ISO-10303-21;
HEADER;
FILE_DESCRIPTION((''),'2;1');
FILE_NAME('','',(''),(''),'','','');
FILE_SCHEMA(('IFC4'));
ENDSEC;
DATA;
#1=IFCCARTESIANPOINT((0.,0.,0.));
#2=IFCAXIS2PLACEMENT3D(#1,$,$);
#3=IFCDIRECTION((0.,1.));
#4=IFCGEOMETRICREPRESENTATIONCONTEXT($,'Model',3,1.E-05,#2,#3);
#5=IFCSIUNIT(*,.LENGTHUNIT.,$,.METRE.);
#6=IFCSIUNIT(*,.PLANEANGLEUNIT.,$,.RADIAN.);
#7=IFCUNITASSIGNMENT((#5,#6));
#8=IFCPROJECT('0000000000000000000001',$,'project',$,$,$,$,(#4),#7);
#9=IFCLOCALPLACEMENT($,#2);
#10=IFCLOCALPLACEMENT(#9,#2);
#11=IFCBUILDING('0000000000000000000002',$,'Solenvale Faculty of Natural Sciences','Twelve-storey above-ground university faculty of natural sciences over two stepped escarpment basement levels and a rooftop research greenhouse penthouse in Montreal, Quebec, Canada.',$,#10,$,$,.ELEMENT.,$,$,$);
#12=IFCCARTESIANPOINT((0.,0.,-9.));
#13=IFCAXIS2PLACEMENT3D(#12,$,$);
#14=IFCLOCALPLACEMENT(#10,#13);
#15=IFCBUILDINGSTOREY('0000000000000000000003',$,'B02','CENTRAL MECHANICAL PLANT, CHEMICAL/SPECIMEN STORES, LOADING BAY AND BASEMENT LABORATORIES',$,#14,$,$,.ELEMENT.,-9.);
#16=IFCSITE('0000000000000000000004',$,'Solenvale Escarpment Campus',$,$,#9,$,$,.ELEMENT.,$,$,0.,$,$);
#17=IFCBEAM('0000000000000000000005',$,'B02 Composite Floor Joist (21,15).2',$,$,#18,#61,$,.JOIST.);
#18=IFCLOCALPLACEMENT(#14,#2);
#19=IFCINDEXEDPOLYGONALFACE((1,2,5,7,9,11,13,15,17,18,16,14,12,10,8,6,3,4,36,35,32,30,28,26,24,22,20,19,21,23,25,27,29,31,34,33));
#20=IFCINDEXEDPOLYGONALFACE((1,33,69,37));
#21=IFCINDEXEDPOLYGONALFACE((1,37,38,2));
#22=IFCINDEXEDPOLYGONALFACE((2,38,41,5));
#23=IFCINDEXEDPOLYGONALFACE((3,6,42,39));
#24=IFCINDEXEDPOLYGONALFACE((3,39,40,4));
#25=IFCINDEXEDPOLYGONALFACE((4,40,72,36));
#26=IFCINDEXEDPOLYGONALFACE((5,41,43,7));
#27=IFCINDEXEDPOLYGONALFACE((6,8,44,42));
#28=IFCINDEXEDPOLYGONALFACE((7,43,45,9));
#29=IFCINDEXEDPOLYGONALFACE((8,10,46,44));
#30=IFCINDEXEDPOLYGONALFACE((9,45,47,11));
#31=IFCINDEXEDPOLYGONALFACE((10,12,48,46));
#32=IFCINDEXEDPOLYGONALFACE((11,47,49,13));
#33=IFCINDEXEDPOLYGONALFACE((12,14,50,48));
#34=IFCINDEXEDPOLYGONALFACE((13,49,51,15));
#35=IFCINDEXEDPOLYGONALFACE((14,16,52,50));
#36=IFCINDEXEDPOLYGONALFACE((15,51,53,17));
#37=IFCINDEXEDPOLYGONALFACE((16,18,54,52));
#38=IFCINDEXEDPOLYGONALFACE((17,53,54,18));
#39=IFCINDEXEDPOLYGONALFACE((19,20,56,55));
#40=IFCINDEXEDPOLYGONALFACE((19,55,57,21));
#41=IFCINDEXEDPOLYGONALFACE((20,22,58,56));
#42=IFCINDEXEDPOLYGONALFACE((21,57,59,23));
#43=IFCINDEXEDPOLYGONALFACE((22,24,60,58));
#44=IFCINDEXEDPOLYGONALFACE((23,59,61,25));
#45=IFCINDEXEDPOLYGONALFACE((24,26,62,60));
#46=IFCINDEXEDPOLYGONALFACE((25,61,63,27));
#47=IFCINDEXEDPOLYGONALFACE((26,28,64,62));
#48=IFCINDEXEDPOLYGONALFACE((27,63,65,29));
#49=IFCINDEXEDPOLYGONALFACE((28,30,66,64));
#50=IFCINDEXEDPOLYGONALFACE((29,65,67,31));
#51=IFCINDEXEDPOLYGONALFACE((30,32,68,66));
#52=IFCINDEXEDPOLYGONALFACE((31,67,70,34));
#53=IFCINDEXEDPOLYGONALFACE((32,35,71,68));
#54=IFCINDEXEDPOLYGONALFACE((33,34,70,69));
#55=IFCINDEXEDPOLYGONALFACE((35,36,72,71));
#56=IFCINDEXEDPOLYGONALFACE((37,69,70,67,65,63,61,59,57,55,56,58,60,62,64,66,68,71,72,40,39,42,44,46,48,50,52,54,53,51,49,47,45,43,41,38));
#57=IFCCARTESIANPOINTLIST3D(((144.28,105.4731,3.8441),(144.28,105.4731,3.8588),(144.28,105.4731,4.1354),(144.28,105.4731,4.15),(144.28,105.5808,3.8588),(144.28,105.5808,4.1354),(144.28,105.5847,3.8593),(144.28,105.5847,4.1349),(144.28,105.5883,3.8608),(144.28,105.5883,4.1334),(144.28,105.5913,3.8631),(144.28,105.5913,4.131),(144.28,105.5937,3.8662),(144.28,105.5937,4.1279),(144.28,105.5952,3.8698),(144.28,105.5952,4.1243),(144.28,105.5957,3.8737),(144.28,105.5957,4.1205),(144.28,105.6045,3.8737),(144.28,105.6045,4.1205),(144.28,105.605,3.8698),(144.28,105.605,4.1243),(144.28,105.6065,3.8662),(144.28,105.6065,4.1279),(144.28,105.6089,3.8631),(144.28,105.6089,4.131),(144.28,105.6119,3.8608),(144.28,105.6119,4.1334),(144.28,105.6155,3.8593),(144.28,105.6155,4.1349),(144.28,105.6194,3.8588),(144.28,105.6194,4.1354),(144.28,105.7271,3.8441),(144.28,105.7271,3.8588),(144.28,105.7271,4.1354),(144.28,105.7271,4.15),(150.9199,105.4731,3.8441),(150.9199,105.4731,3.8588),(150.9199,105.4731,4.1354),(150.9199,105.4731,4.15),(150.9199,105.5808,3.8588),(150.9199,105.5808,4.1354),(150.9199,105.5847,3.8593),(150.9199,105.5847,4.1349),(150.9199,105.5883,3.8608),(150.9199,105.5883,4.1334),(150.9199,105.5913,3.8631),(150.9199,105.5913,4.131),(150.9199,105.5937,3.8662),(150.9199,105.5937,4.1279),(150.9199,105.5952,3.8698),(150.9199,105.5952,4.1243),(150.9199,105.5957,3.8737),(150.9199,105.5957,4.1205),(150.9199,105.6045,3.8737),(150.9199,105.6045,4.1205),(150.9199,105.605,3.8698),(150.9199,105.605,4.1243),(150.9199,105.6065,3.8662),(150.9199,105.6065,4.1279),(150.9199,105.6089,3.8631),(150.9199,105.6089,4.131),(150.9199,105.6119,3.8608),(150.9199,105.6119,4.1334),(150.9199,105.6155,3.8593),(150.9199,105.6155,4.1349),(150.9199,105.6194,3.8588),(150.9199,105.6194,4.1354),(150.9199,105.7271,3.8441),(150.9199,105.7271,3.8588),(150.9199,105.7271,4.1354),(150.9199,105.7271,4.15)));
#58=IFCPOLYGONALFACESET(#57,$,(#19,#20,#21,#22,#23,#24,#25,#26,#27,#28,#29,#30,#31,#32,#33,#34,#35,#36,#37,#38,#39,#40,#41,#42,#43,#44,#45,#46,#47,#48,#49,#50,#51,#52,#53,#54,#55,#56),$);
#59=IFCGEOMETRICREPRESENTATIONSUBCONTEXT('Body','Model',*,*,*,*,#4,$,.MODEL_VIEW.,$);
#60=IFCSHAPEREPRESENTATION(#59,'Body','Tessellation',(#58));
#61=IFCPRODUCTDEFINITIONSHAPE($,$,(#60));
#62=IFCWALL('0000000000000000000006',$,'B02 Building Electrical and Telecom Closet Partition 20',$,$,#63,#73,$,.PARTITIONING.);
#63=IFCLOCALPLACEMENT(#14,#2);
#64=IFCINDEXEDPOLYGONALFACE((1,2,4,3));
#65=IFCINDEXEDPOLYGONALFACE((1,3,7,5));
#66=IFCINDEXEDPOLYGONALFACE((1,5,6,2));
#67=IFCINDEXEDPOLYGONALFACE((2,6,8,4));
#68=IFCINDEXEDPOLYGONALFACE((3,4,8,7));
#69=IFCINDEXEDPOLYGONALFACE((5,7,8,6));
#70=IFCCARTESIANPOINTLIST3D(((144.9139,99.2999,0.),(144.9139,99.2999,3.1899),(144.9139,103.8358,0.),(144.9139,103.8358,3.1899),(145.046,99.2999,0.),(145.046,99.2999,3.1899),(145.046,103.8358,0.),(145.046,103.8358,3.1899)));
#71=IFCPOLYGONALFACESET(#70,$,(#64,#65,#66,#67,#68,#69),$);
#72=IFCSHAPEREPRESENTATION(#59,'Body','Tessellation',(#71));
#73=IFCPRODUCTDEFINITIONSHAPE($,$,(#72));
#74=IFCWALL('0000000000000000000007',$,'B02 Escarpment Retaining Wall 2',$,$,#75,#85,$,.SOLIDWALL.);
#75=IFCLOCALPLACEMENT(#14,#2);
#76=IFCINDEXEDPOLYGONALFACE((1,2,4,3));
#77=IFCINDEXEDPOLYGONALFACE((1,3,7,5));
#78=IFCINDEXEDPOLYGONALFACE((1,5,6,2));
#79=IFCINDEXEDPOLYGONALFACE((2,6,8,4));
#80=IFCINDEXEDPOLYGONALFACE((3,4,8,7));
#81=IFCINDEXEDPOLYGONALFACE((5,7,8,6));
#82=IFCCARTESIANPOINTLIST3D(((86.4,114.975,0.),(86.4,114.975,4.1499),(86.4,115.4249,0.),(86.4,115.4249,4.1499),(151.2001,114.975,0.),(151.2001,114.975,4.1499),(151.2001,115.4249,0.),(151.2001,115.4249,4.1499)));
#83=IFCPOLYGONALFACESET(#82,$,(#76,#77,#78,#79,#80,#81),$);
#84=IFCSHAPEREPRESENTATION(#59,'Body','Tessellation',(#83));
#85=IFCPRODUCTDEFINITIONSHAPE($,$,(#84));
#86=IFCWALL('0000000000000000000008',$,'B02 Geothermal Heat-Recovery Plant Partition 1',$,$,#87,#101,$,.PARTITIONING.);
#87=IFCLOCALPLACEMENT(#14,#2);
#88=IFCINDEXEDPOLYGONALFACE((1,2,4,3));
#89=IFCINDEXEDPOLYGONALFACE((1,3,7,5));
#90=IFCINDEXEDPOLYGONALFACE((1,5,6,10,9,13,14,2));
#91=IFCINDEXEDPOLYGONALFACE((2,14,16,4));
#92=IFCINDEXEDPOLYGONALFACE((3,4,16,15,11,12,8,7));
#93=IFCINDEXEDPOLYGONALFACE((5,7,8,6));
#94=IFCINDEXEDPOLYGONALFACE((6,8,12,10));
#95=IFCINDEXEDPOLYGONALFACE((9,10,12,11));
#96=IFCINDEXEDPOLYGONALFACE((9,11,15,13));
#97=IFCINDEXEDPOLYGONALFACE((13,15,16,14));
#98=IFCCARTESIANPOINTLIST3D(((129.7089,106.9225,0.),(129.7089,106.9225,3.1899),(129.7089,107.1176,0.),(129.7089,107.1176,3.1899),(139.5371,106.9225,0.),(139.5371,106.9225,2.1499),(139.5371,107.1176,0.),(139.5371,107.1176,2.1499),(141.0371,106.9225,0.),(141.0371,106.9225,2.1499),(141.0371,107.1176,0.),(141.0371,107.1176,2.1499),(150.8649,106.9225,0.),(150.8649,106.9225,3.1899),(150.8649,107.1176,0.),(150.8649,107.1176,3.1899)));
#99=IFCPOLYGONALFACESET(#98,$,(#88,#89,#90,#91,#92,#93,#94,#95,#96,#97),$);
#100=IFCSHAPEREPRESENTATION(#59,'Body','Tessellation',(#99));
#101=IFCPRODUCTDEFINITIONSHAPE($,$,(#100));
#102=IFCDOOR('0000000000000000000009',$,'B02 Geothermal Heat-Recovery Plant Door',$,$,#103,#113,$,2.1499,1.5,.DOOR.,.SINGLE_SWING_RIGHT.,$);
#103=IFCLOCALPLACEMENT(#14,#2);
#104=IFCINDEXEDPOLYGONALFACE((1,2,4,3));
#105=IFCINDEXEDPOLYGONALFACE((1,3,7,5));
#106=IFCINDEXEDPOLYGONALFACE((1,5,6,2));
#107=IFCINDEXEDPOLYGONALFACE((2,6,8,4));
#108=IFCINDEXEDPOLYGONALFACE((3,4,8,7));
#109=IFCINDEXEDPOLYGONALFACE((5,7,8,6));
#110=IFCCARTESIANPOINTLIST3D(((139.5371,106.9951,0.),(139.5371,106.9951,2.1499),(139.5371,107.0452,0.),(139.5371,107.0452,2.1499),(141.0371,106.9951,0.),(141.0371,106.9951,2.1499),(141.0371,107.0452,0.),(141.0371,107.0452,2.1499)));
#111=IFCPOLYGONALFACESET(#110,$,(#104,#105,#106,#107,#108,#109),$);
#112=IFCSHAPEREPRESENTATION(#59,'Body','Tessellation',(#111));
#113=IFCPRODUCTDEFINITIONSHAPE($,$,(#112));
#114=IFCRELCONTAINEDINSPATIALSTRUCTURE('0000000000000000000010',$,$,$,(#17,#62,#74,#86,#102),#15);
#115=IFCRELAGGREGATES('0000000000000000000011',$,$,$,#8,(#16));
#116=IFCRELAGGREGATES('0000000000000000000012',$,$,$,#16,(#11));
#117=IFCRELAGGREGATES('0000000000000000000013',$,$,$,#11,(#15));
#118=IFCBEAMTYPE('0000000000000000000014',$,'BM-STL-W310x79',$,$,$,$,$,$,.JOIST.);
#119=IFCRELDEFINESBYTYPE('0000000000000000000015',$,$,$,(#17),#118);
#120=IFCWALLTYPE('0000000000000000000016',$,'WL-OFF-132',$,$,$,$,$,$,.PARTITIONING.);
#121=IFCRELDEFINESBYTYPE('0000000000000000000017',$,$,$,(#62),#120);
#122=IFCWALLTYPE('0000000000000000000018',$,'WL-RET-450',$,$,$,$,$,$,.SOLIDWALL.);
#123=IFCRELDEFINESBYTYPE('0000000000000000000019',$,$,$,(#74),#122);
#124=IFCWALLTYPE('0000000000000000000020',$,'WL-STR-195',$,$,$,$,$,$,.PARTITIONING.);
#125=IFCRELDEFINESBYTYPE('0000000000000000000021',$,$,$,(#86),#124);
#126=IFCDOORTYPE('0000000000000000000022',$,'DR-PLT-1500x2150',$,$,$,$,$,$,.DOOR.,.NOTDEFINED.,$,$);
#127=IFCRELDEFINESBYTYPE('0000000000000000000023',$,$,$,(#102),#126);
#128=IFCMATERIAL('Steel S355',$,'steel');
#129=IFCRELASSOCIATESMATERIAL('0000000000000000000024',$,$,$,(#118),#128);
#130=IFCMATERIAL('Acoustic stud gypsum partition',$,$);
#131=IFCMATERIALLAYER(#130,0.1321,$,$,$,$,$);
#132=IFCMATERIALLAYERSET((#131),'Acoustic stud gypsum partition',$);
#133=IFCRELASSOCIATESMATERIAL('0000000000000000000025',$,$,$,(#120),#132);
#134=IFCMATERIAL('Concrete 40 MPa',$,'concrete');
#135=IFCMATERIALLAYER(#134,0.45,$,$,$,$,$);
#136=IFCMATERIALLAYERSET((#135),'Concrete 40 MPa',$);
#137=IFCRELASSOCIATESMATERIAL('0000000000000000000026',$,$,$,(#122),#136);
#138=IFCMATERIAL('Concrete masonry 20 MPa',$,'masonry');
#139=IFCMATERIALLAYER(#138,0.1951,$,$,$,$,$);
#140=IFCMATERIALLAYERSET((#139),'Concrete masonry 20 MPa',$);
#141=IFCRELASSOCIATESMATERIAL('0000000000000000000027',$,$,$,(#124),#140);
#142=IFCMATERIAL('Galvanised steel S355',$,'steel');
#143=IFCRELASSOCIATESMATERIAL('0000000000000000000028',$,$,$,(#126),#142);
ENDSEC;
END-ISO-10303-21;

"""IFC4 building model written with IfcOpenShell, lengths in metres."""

from ifc_helpers import new_model, si_unit, direction, frame, frame_2d, origin, origin_2d, place, context, subcontext, project, spatial, rectangle, i_section, extrude, material, layer, layer_set, material_profile, profile_set, type_object, element, fill, save


model = new_model("IFC4")

# Units and contexts
model_context = context("Model", 3, precision=1e-05, world=origin(), true_north=direction((0.0, 1.0)))
body_context = subcontext(model_context, "Body", "Model", "MODEL_VIEW")
ifc_project = project(units=[si_unit("LENGTHUNIT", "METRE"), si_unit("PLANEANGLEUNIT", "RADIAN")], contexts=[model_context])

# Site, building, storey
site_placement = place(None, origin())
site = spatial("IfcSite", under=ifc_project, at=site_placement, Name="Solenvale Escarpment Campus", CompositionType="ELEMENT", RefElevation=0.0)
building_placement = place(site_placement, origin())
building = spatial("IfcBuilding", under=site, at=building_placement, Name="Solenvale Faculty of Natural Sciences", Description="Twelve-storey above-ground university faculty of natural sciences over two stepped escarpment basement levels and a rooftop research greenhouse penthouse in Montreal, Quebec, Canada.", CompositionType="ELEMENT")
storey_placement = place(building_placement, frame((0.0, 0.0, -9.0)))
storey = spatial("IfcBuildingStorey", under=building, at=storey_placement, Name="B02", Description="CENTRAL MECHANICAL PLANT, CHEMICAL/SPECIMEN STORES, LOADING BAY AND BASEMENT LABORATORIES", CompositionType="ELEMENT", Elevation=-9.0)

# Shared definitions
ifc_material_1 = material(Name="Concrete 40 MPa", Category="concrete")

# Beam
ifc_material_2 = material(Name="Steel S355", Category="steel")
ifc_material_profile_1 = material_profile(ifc_material_2, i_section(OverallWidth=0.2539, OverallDepth=0.3059, WebThickness=0.0088, FlangeThickness=0.0146, FilletRadius=0.0149, at=origin_2d()), Name="W310x79")
ifc_profile_set_1 = profile_set([ifc_material_profile_1], Name="Steel S355")
beam_type_1 = type_object("IfcBeamType", Name="BM-STL-W310x79", PredefinedType="JOIST", material=ifc_profile_set_1)
for number, where, z_axis, x_axis, name in (
    (1, (144.28, 105.6001, 3.9971), (1.0, 0.0, 0.0), (0.0, 1.0, 0.0), "B02 Composite Floor Joist (21,15).2"),
):
    element("IfcBeam", number, at=place(storey_placement, frame(where, z_axis=z_axis, x_axis=x_axis)), inside=storey, type_object=beam_type_1, Name=name, PredefinedType="JOIST", context=body_context, shape_type="SweptSolid", body=[
        extrude(i_section(OverallWidth=0.2539, OverallDepth=0.3059, WebThickness=0.0088, FlangeThickness=0.0146, FilletRadius=0.0149, at=origin_2d()), origin(), (0.0, 0.0, 1.0), 6.6399),
    ])

# Wall
ifc_material_3 = material(Name="Acoustic stud gypsum partition")
ifc_layer_1 = layer(ifc_material_3, 0.1321)
ifc_layer_set_1 = layer_set([ifc_layer_1], Name="Acoustic stud gypsum partition")
wall_type_1 = type_object("IfcWallType", Name="WL-OFF-132", PredefinedType="PARTITIONING", material=ifc_layer_set_1)
wall_1_placement = place(storey_placement, frame((144.98, 103.8359, 0.0), z_axis=(0.0, 0.0, 1.0), x_axis=(0.0, -1.0, 0.0)))
element("IfcWall", 2, at=wall_1_placement, inside=storey, type_object=wall_type_1, Name="B02 Building Electrical and Telecom Closet Partition 20", PredefinedType="PARTITIONING", context=body_context, shape_type="SweptSolid", body=[
    extrude(rectangle(XDim=4.5359, YDim=0.1321, at=frame_2d((2.2681, 0.0))), origin(), (0.0, 0.0, 1.0), 3.1899),
])

# Wall
ifc_layer_2 = layer(ifc_material_1, 0.45)
ifc_layer_set_2 = layer_set([ifc_layer_2], Name="Concrete 40 MPa")
wall_type_2 = type_object("IfcWallType", Name="WL-RET-450", PredefinedType="SOLIDWALL", material=ifc_layer_set_2)
wall_2_placement = place(storey_placement, frame((151.2, 115.2, 0.0), z_axis=(0.0, 0.0, 1.0), x_axis=(-1.0, 0.0, 0.0)))
element("IfcWall", 3, at=wall_2_placement, inside=storey, type_object=wall_type_2, Name="B02 Escarpment Retaining Wall 2", PredefinedType="SOLIDWALL", context=body_context, shape_type="SweptSolid", body=[
    extrude(rectangle(XDim=64.8, YDim=0.45, at=frame_2d((32.3999, 0.0))), origin(), (0.0, 0.0, 1.0), 4.1499),
])

# Wall, opening, door
ifc_material_4 = material(Name="Concrete masonry 20 MPa", Category="masonry")
ifc_layer_3 = layer(ifc_material_4, 0.1951)
ifc_layer_set_3 = layer_set([ifc_layer_3], Name="Concrete masonry 20 MPa")
wall_type_3 = type_object("IfcWallType", Name="WL-STR-195", PredefinedType="PARTITIONING", material=ifc_layer_set_3)
wall_3_placement = place(storey_placement, frame((150.865, 107.02, 0.0), z_axis=(0.0, 0.0, 1.0), x_axis=(-1.0, 0.0, 0.0)))
wall_3 = element("IfcWall", 4, at=wall_3_placement, inside=storey, type_object=wall_type_3, Name="B02 Geothermal Heat-Recovery Plant Partition 1", PredefinedType="PARTITIONING", context=body_context, shape_type="SweptSolid", body=[
    extrude(rectangle(XDim=21.156, YDim=0.1951, at=frame_2d((10.5781, 0.0))), origin(), (0.0, 0.0, 1.0), 3.1899),
])
opening_1_placement = place(wall_3_placement, frame((9.8279, 0.0, 0.0)))
opening_1 = element("IfcOpeningElement", 5, at=opening_1_placement, cuts=wall_3, PredefinedType="OPENING", context=body_context, shape_type="SweptSolid", body=[
    extrude(rectangle(XDim=1.5, YDim=2.1499, at=frame_2d((0.75, 1.075))), frame((0.0, 0.1074, 0.0), z_axis=(0.0, -1.0, 0.0), x_axis=(1.0, 0.0, 0.0)), (0.0, 0.0, 1.0), 0.2151),
])
ifc_material_5 = material(Name="Galvanised steel S355", Category="steel")
door_type_1 = type_object("IfcDoorType", Name="DR-PLT-1500x2150", OperationType="NOTDEFINED", PredefinedType="DOOR", material=ifc_material_5)
door_1_placement = place(opening_1_placement, origin())
door_1 = element("IfcDoor", 6, at=door_1_placement, inside=storey, type_object=door_type_1, Name="B02 Geothermal Heat-Recovery Plant Door", OperationType="SINGLE_SWING_RIGHT", OverallHeight=2.1499, OverallWidth=1.5, PredefinedType="DOOR", context=body_context, shape_type="SweptSolid", body=[
    extrude(rectangle(XDim=1.5, YDim=2.1499, at=frame_2d((0.75, 1.075))), frame((0.0, 0.0249, 0.0), z_axis=(0.0, -1.0, 0.0), x_axis=(1.0, 0.0, 0.0)), (0.0, 0.0, 1.0), 0.05),
])
fill(opening_1, door_1)

save(model, "model.ifc")
